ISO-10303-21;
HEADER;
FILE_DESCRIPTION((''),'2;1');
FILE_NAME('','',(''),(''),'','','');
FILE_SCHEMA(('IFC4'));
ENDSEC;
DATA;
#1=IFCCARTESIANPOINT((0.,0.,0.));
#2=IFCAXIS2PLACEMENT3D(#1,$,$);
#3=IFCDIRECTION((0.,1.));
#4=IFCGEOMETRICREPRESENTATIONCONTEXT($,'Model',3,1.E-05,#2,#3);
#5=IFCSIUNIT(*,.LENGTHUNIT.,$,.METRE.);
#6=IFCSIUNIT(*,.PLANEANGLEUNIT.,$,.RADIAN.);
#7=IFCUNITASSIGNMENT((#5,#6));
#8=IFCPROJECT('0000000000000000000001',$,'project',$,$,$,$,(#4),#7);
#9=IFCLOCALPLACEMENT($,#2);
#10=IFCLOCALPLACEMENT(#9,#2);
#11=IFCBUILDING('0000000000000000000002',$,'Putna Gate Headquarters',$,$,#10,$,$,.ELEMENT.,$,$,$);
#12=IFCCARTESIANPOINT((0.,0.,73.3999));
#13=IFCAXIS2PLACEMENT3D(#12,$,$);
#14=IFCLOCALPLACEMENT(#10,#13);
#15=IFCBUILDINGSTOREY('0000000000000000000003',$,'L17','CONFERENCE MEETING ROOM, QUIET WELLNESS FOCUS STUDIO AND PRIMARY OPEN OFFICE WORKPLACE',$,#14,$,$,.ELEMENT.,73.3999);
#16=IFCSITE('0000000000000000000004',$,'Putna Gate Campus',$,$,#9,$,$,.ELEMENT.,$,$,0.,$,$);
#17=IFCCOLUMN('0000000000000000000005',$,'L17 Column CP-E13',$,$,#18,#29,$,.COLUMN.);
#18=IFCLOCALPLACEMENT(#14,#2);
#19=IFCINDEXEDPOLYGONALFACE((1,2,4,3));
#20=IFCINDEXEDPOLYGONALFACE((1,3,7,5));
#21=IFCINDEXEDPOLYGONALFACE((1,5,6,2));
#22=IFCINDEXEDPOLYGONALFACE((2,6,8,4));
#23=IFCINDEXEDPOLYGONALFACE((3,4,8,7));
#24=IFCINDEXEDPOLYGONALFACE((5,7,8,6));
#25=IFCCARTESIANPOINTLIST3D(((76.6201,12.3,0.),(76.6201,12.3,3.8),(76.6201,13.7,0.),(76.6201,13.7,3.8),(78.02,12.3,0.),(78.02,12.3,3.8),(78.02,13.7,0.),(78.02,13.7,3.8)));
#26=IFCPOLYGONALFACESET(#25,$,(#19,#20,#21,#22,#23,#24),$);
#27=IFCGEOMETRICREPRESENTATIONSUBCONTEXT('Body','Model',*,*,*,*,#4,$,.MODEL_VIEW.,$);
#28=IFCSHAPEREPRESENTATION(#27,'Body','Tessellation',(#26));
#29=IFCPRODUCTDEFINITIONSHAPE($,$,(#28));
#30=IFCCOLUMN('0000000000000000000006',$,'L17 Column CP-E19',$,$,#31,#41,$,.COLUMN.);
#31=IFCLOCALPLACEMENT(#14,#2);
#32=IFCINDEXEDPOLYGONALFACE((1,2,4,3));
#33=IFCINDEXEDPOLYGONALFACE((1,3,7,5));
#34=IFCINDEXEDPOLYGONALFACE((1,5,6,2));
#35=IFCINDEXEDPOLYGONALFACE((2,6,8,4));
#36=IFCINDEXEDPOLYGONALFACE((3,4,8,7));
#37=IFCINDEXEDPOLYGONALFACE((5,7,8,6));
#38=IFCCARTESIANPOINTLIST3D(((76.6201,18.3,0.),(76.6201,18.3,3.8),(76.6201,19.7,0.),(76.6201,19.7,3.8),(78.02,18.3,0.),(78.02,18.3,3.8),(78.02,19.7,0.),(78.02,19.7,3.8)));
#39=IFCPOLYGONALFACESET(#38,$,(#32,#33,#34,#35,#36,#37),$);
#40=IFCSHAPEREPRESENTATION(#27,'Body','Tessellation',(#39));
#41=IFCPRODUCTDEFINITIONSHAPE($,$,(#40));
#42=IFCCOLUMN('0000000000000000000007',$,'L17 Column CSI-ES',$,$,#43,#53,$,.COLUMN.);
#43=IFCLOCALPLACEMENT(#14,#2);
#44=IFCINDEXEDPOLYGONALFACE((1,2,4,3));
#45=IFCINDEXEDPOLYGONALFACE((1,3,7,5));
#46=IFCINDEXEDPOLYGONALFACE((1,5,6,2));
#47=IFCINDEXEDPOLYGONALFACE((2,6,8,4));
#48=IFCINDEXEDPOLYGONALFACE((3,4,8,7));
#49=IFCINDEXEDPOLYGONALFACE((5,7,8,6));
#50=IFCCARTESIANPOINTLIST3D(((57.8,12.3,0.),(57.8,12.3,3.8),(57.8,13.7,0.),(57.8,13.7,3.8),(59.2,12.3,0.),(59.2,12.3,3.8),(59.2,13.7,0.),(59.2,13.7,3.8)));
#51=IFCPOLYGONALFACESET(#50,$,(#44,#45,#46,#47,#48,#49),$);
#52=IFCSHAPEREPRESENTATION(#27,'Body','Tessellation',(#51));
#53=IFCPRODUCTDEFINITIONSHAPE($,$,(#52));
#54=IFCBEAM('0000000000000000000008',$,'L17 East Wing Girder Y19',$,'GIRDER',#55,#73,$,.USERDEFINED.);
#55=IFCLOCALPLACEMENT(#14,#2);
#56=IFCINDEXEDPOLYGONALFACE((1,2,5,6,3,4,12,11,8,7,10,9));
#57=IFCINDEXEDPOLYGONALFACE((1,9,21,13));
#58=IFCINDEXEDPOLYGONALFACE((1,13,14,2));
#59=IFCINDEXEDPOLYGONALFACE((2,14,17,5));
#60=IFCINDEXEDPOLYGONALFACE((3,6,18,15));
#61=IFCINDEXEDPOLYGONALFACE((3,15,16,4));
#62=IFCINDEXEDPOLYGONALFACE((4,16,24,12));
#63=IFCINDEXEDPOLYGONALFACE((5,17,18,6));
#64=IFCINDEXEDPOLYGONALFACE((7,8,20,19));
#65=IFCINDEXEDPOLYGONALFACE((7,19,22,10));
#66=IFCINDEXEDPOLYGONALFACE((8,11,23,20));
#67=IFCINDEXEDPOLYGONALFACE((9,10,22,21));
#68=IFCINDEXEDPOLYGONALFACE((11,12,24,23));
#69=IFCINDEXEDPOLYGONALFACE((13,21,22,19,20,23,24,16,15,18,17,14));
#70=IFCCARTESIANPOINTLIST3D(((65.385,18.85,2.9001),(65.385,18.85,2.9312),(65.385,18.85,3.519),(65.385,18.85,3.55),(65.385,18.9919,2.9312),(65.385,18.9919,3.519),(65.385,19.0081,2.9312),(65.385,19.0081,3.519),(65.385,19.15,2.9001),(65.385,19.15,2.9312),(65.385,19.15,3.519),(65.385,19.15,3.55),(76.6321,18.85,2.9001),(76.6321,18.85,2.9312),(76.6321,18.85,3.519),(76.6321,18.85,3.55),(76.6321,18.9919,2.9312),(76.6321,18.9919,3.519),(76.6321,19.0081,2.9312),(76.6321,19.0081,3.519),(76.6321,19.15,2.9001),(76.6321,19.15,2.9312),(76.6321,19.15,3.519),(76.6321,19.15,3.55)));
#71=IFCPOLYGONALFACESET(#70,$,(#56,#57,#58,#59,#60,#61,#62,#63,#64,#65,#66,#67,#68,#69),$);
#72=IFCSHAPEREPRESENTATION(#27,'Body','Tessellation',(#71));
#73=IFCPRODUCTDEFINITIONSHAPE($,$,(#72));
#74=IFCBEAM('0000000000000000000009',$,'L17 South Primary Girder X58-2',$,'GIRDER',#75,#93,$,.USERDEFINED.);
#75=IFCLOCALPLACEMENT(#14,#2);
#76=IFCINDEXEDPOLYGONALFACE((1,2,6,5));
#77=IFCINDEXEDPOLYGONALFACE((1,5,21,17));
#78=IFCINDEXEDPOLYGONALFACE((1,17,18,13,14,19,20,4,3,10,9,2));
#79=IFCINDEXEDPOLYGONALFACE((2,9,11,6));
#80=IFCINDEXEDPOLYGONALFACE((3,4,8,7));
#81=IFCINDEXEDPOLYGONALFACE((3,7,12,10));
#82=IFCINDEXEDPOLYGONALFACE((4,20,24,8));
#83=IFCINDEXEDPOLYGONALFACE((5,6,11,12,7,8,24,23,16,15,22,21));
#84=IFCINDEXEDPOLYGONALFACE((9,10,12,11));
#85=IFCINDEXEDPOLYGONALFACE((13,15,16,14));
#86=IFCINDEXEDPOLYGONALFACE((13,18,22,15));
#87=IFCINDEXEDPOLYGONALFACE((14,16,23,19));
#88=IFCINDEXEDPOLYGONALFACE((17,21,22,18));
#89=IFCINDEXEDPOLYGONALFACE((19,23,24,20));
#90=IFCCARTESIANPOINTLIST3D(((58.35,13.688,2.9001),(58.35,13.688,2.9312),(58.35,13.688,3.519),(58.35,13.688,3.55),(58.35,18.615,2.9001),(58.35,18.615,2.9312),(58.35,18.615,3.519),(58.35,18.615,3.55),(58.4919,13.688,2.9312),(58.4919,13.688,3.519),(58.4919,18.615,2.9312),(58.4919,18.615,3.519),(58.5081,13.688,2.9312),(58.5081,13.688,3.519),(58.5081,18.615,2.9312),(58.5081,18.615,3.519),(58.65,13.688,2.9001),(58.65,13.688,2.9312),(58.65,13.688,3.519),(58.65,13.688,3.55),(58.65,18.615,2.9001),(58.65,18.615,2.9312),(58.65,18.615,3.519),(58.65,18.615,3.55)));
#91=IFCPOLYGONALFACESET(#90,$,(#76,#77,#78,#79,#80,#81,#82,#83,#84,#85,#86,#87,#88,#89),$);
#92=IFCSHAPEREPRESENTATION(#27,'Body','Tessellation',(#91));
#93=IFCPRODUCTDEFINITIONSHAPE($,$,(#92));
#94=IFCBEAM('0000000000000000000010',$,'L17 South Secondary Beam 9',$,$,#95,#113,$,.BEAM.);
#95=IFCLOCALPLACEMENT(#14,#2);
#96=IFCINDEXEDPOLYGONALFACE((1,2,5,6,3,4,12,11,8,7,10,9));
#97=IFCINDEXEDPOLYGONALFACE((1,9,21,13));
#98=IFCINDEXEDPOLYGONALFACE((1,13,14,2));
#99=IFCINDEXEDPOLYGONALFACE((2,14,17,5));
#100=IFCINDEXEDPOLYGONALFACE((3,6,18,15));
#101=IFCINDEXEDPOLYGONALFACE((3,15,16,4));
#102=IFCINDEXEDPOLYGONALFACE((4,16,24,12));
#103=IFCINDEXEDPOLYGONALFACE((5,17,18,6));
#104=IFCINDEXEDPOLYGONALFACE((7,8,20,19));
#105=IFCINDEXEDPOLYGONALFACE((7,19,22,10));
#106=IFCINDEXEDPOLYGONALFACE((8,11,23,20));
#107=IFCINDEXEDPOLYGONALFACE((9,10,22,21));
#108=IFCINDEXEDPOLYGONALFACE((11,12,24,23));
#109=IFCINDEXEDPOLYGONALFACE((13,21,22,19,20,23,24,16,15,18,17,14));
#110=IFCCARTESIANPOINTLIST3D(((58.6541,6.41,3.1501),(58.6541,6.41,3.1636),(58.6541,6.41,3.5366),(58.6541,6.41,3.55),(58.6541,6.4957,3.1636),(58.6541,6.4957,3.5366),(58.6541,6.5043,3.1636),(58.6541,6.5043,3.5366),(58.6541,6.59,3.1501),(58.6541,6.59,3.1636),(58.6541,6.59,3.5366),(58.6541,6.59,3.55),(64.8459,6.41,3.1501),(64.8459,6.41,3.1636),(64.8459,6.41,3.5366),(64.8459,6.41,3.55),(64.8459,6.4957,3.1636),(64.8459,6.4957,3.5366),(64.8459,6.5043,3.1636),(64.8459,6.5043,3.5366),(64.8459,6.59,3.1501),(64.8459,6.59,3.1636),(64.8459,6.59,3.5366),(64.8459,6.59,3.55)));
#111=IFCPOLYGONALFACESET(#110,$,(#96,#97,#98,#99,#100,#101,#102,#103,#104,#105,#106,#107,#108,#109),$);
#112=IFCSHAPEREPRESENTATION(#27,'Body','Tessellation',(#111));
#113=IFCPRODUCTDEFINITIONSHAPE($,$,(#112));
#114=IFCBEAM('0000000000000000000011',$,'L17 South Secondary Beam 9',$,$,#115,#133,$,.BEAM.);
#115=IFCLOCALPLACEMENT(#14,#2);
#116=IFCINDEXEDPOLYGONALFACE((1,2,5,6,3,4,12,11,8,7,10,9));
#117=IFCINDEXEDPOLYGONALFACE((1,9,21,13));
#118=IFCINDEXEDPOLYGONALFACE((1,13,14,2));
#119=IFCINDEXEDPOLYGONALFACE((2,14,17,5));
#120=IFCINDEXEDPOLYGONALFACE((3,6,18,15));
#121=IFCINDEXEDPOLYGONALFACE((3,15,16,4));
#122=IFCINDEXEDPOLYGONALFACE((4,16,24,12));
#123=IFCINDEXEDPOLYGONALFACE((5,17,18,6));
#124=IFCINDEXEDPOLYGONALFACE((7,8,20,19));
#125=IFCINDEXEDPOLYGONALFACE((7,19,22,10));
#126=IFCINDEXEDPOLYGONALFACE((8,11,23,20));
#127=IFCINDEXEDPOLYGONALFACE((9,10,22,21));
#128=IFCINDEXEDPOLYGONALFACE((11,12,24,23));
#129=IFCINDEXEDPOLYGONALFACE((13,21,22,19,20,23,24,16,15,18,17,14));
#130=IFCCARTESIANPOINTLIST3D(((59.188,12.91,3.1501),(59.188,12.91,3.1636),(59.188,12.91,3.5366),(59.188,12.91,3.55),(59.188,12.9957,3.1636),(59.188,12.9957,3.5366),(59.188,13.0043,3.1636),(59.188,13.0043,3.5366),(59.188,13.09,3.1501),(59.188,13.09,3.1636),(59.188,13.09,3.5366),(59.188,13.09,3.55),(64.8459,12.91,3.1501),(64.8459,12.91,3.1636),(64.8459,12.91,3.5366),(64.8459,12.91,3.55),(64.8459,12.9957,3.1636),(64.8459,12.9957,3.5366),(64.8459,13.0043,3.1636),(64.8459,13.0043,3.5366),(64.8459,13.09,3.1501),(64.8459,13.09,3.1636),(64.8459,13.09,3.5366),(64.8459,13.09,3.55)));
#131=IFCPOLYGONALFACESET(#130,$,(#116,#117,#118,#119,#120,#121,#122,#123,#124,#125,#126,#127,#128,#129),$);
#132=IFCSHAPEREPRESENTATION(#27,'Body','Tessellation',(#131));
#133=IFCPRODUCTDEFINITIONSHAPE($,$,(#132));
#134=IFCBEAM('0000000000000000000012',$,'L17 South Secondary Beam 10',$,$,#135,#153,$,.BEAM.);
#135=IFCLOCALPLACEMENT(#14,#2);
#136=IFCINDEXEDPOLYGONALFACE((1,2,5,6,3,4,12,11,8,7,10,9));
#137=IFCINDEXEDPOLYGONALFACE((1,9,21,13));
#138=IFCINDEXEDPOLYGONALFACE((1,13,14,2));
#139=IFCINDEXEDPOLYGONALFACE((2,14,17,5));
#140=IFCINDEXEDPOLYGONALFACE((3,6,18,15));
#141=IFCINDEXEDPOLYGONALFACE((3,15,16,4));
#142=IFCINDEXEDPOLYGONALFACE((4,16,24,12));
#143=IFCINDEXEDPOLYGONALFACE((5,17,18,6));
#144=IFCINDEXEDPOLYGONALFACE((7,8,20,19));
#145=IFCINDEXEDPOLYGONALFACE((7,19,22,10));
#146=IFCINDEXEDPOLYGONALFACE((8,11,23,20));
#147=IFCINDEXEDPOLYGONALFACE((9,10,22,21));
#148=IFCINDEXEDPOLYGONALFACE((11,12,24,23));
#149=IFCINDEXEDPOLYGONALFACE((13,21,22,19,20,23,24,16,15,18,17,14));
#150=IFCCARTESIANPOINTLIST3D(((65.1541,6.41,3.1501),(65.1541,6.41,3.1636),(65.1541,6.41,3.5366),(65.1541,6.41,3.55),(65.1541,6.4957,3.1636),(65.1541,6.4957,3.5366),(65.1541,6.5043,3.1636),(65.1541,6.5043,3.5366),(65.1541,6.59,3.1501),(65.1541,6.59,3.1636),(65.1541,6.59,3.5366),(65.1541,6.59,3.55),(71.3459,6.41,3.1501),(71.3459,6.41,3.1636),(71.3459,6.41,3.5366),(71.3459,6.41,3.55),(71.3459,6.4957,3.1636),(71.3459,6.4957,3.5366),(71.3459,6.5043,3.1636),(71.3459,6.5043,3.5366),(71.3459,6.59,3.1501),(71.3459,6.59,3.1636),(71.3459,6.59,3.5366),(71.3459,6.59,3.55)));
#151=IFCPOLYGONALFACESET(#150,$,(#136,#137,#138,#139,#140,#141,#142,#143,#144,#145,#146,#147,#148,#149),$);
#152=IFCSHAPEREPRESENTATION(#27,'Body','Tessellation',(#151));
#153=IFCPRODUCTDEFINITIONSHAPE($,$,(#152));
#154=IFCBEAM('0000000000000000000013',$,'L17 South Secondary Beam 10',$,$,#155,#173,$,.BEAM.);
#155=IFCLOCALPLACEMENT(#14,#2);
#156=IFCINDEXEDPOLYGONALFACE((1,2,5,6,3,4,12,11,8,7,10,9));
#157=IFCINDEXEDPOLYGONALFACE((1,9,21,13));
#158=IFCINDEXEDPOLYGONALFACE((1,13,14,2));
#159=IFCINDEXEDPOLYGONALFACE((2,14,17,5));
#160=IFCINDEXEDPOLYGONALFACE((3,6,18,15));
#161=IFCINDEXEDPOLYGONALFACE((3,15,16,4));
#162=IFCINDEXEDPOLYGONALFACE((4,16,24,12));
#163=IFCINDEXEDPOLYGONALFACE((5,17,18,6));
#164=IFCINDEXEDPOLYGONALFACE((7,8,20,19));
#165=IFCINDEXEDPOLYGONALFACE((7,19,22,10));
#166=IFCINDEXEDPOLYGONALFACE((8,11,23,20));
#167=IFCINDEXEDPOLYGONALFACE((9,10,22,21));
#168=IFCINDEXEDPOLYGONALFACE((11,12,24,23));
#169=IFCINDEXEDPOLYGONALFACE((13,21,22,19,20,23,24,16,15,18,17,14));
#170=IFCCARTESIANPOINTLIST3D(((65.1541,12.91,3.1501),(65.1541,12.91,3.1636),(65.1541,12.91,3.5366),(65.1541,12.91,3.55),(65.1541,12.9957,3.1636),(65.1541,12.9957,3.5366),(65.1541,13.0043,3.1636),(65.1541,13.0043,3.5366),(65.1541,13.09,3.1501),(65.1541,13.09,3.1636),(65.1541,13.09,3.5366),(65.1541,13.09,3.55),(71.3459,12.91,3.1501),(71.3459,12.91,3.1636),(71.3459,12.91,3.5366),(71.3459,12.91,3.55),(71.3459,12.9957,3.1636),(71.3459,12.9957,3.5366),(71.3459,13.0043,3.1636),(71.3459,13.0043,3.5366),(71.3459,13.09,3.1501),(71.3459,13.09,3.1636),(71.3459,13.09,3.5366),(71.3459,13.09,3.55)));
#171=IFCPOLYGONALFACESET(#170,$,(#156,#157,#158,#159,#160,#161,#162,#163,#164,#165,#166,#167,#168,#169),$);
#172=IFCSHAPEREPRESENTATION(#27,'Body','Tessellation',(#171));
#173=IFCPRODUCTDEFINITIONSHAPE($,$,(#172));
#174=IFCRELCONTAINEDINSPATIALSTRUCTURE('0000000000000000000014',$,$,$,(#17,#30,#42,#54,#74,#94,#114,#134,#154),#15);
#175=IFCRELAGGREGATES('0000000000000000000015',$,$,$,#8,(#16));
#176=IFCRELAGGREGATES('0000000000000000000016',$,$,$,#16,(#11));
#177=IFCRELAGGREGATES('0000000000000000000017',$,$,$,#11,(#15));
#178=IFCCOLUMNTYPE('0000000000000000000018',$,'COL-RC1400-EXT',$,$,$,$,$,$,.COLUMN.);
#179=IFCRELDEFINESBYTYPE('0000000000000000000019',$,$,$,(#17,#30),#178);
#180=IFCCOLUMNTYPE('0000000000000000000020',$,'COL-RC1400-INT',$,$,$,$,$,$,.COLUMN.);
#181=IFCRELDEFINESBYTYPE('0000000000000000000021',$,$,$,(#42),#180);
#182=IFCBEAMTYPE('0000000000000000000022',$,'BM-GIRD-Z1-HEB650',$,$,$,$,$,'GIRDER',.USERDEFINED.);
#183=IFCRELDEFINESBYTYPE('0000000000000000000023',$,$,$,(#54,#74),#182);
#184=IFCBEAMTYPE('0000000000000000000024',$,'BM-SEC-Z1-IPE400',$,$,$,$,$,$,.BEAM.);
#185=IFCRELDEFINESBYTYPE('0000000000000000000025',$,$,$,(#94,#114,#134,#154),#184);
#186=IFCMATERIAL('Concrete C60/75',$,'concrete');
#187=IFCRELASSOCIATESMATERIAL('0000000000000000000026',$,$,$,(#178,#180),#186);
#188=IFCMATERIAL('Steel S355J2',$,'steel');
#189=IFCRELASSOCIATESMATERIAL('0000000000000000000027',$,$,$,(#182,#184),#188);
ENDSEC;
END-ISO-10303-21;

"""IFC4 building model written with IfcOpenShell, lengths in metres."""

from ifc_helpers import new_model, si_unit, direction, frame, origin, origin_2d, place, context, subcontext, project, spatial, rectangle, i_section, extrude, material, material_profile, profile_set, type_object, element, save


model = new_model("IFC4")

# Units and contexts
model_context = context("Model", 3, precision=1e-05, world=origin(), true_north=direction((0.0, 1.0)))
body_context = subcontext(model_context, "Body", "Model", "MODEL_VIEW")
ifc_project = project(units=[si_unit("LENGTHUNIT", "METRE"), si_unit("PLANEANGLEUNIT", "RADIAN")], contexts=[model_context])

# Site, building, storey
site_placement = place(None, origin())
site = spatial("IfcSite", under=ifc_project, at=site_placement, Name="Putna Gate Campus", CompositionType="ELEMENT", RefElevation=0.0)
building_placement = place(site_placement, origin())
building = spatial("IfcBuilding", under=site, at=building_placement, Name="Putna Gate Headquarters", CompositionType="ELEMENT")
storey_placement = place(building_placement, frame((0.0, 0.0, 73.3999)))
storey = spatial("IfcBuildingStorey", under=building, at=storey_placement, Name="L17", Description="CONFERENCE MEETING ROOM, QUIET WELLNESS FOCUS STUDIO AND PRIMARY OPEN OFFICE WORKPLACE", CompositionType="ELEMENT", Elevation=73.3999)

# Columns
ifc_material_1 = material(Name="Concrete C60/75", Category="concrete")
ifc_material_profile_1 = material_profile(ifc_material_1, rectangle(XDim=1.3999, YDim=1.3999, at=origin_2d()), Name="Concrete C60/75")
ifc_profile_set_1 = profile_set([ifc_material_profile_1], Name="Concrete C60/75")
column_type_1 = type_object("IfcColumnType", Name="COL-RC1400-EXT", PredefinedType="COLUMN", material=ifc_profile_set_1)
for number, where, z_axis, x_axis, name in (
    (1, (77.3201, 13.0, 0.0), (0.0, 0.0, 1.0), (1.0, 0.0, 0.0), "L17 Column CP-E13"),
    (2, (77.3201, 19.0, 0.0), (0.0, 0.0, 1.0), (1.0, 0.0, 0.0), "L17 Column CP-E19"),
):
    element("IfcColumn", number, at=place(storey_placement, frame(where, z_axis=z_axis, x_axis=x_axis)), inside=storey, type_object=column_type_1, Name=name, PredefinedType="COLUMN", context=body_context, shape_type="SweptSolid", body=[
        extrude(rectangle(XDim=1.3999, YDim=1.3999, at=origin_2d()), origin(), (0.0, 0.0, 1.0), 3.8),
    ])
ifc_material_profile_2 = material_profile(ifc_material_1, rectangle(XDim=1.3999, YDim=1.3999, at=origin_2d()), Name="Concrete C60/75")
ifc_profile_set_2 = profile_set([ifc_material_profile_2], Name="Concrete C60/75")
column_type_2 = type_object("IfcColumnType", Name="COL-RC1400-INT", PredefinedType="COLUMN", material=ifc_profile_set_2)
column_placement = place(storey_placement, frame((58.5, 13.0, 0.0), z_axis=(0.0, 0.0, 1.0), x_axis=(1.0, 0.0, 0.0)))
element("IfcColumn", 3, at=column_placement, inside=storey, type_object=column_type_2, Name="L17 Column CSI-ES", PredefinedType="COLUMN", context=body_context, shape_type="SweptSolid", body=[
    extrude(rectangle(XDim=1.3999, YDim=1.3999, at=origin_2d()), origin(), (0.0, 0.0, 1.0), 3.8),
])

# Beams
ifc_material_2 = material(Name="Steel S355J2", Category="steel")
ifc_material_profile_3 = material_profile(ifc_material_2, i_section(OverallWidth=0.3, OverallDepth=0.6499, WebThickness=0.0161, FlangeThickness=0.031, at=origin_2d()), Name="Steel S355J2")
ifc_profile_set_3 = profile_set([ifc_material_profile_3], Name="Steel S355J2")
beam_type_1 = type_object("IfcBeamType", Name="BM-GIRD-Z1-HEB650", ElementType="GIRDER", PredefinedType="USERDEFINED", material=ifc_profile_set_3)
beam_1_placement = place(storey_placement, frame((65.385, 19.0, 3.2251), z_axis=(1.0, 0.0, 0.0), x_axis=(0.0, 1.0, 0.0)))
element("IfcBeam", 4, at=beam_1_placement, inside=storey, type_object=beam_type_1, Name="L17 East Wing Girder Y19", ObjectType="GIRDER", PredefinedType="USERDEFINED", context=body_context, shape_type="SweptSolid", body=[
    extrude(i_section(OverallWidth=0.3, OverallDepth=0.6499, WebThickness=0.0161, FlangeThickness=0.031, at=origin_2d()), origin(), (0.0, 0.0, 1.0), 11.2471),
])
beam_2_placement = place(storey_placement, frame((58.5, 13.688, 3.2251), z_axis=(0.0, 1.0, 0.0), x_axis=(-1.0, 0.0, 0.0)))
element("IfcBeam", 5, at=beam_2_placement, inside=storey, type_object=beam_type_1, Name="L17 South Primary Girder X58-2", ObjectType="GIRDER", PredefinedType="USERDEFINED", context=body_context, shape_type="SweptSolid", body=[
    extrude(i_section(OverallWidth=0.3, OverallDepth=0.6499, WebThickness=0.0161, FlangeThickness=0.031, at=origin_2d()), origin(), (0.0, 0.0, 1.0), 4.927),
])
ifc_material_profile_4 = material_profile(ifc_material_2, i_section(OverallWidth=0.1799, OverallDepth=0.3999, WebThickness=0.0085, FlangeThickness=0.0134, at=origin_2d()), Name="Steel S355J2")
ifc_profile_set_4 = profile_set([ifc_material_profile_4], Name="Steel S355J2")
beam_type_2 = type_object("IfcBeamType", Name="BM-SEC-Z1-IPE400", PredefinedType="BEAM", material=ifc_profile_set_4)
beam_3_placement = place(storey_placement, frame((58.6541, 6.5, 3.3501), z_axis=(1.0, 0.0, 0.0), x_axis=(0.0, 1.0, 0.0)))
element("IfcBeam", 6, at=beam_3_placement, inside=storey, type_object=beam_type_2, Name="L17 South Secondary Beam 9", PredefinedType="BEAM", context=body_context, shape_type="SweptSolid", body=[
    extrude(i_section(OverallWidth=0.1799, OverallDepth=0.3999, WebThickness=0.0085, FlangeThickness=0.0134, at=origin_2d()), origin(), (0.0, 0.0, 1.0), 6.1919),
])
beam_4_placement = place(storey_placement, frame((59.188, 13.0, 3.3501), z_axis=(1.0, 0.0, 0.0), x_axis=(0.0, 1.0, 0.0)))
element("IfcBeam", 7, at=beam_4_placement, inside=storey, type_object=beam_type_2, Name="L17 South Secondary Beam 9", PredefinedType="BEAM", context=body_context, shape_type="SweptSolid", body=[
    extrude(i_section(OverallWidth=0.1799, OverallDepth=0.3999, WebThickness=0.0085, FlangeThickness=0.0134, at=origin_2d()), origin(), (0.0, 0.0, 1.0), 5.658),
])
for number, where, z_axis, x_axis, name in (
    (8, (65.1541, 6.5, 3.3501), (1.0, 0.0, 0.0), (0.0, 1.0, 0.0), "L17 South Secondary Beam 10"),
    (9, (65.1541, 13.0, 3.3501), (1.0, 0.0, 0.0), (0.0, 1.0, 0.0), "L17 South Secondary Beam 10"),
):
    element("IfcBeam", number, at=place(storey_placement, frame(where, z_axis=z_axis, x_axis=x_axis)), inside=storey, type_object=beam_type_2, Name=name, PredefinedType="BEAM", context=body_context, shape_type="SweptSolid", body=[
        extrude(i_section(OverallWidth=0.1799, OverallDepth=0.3999, WebThickness=0.0085, FlangeThickness=0.0134, at=origin_2d()), origin(), (0.0, 0.0, 1.0), 6.1919),
    ])

save(model, "model.ifc")
